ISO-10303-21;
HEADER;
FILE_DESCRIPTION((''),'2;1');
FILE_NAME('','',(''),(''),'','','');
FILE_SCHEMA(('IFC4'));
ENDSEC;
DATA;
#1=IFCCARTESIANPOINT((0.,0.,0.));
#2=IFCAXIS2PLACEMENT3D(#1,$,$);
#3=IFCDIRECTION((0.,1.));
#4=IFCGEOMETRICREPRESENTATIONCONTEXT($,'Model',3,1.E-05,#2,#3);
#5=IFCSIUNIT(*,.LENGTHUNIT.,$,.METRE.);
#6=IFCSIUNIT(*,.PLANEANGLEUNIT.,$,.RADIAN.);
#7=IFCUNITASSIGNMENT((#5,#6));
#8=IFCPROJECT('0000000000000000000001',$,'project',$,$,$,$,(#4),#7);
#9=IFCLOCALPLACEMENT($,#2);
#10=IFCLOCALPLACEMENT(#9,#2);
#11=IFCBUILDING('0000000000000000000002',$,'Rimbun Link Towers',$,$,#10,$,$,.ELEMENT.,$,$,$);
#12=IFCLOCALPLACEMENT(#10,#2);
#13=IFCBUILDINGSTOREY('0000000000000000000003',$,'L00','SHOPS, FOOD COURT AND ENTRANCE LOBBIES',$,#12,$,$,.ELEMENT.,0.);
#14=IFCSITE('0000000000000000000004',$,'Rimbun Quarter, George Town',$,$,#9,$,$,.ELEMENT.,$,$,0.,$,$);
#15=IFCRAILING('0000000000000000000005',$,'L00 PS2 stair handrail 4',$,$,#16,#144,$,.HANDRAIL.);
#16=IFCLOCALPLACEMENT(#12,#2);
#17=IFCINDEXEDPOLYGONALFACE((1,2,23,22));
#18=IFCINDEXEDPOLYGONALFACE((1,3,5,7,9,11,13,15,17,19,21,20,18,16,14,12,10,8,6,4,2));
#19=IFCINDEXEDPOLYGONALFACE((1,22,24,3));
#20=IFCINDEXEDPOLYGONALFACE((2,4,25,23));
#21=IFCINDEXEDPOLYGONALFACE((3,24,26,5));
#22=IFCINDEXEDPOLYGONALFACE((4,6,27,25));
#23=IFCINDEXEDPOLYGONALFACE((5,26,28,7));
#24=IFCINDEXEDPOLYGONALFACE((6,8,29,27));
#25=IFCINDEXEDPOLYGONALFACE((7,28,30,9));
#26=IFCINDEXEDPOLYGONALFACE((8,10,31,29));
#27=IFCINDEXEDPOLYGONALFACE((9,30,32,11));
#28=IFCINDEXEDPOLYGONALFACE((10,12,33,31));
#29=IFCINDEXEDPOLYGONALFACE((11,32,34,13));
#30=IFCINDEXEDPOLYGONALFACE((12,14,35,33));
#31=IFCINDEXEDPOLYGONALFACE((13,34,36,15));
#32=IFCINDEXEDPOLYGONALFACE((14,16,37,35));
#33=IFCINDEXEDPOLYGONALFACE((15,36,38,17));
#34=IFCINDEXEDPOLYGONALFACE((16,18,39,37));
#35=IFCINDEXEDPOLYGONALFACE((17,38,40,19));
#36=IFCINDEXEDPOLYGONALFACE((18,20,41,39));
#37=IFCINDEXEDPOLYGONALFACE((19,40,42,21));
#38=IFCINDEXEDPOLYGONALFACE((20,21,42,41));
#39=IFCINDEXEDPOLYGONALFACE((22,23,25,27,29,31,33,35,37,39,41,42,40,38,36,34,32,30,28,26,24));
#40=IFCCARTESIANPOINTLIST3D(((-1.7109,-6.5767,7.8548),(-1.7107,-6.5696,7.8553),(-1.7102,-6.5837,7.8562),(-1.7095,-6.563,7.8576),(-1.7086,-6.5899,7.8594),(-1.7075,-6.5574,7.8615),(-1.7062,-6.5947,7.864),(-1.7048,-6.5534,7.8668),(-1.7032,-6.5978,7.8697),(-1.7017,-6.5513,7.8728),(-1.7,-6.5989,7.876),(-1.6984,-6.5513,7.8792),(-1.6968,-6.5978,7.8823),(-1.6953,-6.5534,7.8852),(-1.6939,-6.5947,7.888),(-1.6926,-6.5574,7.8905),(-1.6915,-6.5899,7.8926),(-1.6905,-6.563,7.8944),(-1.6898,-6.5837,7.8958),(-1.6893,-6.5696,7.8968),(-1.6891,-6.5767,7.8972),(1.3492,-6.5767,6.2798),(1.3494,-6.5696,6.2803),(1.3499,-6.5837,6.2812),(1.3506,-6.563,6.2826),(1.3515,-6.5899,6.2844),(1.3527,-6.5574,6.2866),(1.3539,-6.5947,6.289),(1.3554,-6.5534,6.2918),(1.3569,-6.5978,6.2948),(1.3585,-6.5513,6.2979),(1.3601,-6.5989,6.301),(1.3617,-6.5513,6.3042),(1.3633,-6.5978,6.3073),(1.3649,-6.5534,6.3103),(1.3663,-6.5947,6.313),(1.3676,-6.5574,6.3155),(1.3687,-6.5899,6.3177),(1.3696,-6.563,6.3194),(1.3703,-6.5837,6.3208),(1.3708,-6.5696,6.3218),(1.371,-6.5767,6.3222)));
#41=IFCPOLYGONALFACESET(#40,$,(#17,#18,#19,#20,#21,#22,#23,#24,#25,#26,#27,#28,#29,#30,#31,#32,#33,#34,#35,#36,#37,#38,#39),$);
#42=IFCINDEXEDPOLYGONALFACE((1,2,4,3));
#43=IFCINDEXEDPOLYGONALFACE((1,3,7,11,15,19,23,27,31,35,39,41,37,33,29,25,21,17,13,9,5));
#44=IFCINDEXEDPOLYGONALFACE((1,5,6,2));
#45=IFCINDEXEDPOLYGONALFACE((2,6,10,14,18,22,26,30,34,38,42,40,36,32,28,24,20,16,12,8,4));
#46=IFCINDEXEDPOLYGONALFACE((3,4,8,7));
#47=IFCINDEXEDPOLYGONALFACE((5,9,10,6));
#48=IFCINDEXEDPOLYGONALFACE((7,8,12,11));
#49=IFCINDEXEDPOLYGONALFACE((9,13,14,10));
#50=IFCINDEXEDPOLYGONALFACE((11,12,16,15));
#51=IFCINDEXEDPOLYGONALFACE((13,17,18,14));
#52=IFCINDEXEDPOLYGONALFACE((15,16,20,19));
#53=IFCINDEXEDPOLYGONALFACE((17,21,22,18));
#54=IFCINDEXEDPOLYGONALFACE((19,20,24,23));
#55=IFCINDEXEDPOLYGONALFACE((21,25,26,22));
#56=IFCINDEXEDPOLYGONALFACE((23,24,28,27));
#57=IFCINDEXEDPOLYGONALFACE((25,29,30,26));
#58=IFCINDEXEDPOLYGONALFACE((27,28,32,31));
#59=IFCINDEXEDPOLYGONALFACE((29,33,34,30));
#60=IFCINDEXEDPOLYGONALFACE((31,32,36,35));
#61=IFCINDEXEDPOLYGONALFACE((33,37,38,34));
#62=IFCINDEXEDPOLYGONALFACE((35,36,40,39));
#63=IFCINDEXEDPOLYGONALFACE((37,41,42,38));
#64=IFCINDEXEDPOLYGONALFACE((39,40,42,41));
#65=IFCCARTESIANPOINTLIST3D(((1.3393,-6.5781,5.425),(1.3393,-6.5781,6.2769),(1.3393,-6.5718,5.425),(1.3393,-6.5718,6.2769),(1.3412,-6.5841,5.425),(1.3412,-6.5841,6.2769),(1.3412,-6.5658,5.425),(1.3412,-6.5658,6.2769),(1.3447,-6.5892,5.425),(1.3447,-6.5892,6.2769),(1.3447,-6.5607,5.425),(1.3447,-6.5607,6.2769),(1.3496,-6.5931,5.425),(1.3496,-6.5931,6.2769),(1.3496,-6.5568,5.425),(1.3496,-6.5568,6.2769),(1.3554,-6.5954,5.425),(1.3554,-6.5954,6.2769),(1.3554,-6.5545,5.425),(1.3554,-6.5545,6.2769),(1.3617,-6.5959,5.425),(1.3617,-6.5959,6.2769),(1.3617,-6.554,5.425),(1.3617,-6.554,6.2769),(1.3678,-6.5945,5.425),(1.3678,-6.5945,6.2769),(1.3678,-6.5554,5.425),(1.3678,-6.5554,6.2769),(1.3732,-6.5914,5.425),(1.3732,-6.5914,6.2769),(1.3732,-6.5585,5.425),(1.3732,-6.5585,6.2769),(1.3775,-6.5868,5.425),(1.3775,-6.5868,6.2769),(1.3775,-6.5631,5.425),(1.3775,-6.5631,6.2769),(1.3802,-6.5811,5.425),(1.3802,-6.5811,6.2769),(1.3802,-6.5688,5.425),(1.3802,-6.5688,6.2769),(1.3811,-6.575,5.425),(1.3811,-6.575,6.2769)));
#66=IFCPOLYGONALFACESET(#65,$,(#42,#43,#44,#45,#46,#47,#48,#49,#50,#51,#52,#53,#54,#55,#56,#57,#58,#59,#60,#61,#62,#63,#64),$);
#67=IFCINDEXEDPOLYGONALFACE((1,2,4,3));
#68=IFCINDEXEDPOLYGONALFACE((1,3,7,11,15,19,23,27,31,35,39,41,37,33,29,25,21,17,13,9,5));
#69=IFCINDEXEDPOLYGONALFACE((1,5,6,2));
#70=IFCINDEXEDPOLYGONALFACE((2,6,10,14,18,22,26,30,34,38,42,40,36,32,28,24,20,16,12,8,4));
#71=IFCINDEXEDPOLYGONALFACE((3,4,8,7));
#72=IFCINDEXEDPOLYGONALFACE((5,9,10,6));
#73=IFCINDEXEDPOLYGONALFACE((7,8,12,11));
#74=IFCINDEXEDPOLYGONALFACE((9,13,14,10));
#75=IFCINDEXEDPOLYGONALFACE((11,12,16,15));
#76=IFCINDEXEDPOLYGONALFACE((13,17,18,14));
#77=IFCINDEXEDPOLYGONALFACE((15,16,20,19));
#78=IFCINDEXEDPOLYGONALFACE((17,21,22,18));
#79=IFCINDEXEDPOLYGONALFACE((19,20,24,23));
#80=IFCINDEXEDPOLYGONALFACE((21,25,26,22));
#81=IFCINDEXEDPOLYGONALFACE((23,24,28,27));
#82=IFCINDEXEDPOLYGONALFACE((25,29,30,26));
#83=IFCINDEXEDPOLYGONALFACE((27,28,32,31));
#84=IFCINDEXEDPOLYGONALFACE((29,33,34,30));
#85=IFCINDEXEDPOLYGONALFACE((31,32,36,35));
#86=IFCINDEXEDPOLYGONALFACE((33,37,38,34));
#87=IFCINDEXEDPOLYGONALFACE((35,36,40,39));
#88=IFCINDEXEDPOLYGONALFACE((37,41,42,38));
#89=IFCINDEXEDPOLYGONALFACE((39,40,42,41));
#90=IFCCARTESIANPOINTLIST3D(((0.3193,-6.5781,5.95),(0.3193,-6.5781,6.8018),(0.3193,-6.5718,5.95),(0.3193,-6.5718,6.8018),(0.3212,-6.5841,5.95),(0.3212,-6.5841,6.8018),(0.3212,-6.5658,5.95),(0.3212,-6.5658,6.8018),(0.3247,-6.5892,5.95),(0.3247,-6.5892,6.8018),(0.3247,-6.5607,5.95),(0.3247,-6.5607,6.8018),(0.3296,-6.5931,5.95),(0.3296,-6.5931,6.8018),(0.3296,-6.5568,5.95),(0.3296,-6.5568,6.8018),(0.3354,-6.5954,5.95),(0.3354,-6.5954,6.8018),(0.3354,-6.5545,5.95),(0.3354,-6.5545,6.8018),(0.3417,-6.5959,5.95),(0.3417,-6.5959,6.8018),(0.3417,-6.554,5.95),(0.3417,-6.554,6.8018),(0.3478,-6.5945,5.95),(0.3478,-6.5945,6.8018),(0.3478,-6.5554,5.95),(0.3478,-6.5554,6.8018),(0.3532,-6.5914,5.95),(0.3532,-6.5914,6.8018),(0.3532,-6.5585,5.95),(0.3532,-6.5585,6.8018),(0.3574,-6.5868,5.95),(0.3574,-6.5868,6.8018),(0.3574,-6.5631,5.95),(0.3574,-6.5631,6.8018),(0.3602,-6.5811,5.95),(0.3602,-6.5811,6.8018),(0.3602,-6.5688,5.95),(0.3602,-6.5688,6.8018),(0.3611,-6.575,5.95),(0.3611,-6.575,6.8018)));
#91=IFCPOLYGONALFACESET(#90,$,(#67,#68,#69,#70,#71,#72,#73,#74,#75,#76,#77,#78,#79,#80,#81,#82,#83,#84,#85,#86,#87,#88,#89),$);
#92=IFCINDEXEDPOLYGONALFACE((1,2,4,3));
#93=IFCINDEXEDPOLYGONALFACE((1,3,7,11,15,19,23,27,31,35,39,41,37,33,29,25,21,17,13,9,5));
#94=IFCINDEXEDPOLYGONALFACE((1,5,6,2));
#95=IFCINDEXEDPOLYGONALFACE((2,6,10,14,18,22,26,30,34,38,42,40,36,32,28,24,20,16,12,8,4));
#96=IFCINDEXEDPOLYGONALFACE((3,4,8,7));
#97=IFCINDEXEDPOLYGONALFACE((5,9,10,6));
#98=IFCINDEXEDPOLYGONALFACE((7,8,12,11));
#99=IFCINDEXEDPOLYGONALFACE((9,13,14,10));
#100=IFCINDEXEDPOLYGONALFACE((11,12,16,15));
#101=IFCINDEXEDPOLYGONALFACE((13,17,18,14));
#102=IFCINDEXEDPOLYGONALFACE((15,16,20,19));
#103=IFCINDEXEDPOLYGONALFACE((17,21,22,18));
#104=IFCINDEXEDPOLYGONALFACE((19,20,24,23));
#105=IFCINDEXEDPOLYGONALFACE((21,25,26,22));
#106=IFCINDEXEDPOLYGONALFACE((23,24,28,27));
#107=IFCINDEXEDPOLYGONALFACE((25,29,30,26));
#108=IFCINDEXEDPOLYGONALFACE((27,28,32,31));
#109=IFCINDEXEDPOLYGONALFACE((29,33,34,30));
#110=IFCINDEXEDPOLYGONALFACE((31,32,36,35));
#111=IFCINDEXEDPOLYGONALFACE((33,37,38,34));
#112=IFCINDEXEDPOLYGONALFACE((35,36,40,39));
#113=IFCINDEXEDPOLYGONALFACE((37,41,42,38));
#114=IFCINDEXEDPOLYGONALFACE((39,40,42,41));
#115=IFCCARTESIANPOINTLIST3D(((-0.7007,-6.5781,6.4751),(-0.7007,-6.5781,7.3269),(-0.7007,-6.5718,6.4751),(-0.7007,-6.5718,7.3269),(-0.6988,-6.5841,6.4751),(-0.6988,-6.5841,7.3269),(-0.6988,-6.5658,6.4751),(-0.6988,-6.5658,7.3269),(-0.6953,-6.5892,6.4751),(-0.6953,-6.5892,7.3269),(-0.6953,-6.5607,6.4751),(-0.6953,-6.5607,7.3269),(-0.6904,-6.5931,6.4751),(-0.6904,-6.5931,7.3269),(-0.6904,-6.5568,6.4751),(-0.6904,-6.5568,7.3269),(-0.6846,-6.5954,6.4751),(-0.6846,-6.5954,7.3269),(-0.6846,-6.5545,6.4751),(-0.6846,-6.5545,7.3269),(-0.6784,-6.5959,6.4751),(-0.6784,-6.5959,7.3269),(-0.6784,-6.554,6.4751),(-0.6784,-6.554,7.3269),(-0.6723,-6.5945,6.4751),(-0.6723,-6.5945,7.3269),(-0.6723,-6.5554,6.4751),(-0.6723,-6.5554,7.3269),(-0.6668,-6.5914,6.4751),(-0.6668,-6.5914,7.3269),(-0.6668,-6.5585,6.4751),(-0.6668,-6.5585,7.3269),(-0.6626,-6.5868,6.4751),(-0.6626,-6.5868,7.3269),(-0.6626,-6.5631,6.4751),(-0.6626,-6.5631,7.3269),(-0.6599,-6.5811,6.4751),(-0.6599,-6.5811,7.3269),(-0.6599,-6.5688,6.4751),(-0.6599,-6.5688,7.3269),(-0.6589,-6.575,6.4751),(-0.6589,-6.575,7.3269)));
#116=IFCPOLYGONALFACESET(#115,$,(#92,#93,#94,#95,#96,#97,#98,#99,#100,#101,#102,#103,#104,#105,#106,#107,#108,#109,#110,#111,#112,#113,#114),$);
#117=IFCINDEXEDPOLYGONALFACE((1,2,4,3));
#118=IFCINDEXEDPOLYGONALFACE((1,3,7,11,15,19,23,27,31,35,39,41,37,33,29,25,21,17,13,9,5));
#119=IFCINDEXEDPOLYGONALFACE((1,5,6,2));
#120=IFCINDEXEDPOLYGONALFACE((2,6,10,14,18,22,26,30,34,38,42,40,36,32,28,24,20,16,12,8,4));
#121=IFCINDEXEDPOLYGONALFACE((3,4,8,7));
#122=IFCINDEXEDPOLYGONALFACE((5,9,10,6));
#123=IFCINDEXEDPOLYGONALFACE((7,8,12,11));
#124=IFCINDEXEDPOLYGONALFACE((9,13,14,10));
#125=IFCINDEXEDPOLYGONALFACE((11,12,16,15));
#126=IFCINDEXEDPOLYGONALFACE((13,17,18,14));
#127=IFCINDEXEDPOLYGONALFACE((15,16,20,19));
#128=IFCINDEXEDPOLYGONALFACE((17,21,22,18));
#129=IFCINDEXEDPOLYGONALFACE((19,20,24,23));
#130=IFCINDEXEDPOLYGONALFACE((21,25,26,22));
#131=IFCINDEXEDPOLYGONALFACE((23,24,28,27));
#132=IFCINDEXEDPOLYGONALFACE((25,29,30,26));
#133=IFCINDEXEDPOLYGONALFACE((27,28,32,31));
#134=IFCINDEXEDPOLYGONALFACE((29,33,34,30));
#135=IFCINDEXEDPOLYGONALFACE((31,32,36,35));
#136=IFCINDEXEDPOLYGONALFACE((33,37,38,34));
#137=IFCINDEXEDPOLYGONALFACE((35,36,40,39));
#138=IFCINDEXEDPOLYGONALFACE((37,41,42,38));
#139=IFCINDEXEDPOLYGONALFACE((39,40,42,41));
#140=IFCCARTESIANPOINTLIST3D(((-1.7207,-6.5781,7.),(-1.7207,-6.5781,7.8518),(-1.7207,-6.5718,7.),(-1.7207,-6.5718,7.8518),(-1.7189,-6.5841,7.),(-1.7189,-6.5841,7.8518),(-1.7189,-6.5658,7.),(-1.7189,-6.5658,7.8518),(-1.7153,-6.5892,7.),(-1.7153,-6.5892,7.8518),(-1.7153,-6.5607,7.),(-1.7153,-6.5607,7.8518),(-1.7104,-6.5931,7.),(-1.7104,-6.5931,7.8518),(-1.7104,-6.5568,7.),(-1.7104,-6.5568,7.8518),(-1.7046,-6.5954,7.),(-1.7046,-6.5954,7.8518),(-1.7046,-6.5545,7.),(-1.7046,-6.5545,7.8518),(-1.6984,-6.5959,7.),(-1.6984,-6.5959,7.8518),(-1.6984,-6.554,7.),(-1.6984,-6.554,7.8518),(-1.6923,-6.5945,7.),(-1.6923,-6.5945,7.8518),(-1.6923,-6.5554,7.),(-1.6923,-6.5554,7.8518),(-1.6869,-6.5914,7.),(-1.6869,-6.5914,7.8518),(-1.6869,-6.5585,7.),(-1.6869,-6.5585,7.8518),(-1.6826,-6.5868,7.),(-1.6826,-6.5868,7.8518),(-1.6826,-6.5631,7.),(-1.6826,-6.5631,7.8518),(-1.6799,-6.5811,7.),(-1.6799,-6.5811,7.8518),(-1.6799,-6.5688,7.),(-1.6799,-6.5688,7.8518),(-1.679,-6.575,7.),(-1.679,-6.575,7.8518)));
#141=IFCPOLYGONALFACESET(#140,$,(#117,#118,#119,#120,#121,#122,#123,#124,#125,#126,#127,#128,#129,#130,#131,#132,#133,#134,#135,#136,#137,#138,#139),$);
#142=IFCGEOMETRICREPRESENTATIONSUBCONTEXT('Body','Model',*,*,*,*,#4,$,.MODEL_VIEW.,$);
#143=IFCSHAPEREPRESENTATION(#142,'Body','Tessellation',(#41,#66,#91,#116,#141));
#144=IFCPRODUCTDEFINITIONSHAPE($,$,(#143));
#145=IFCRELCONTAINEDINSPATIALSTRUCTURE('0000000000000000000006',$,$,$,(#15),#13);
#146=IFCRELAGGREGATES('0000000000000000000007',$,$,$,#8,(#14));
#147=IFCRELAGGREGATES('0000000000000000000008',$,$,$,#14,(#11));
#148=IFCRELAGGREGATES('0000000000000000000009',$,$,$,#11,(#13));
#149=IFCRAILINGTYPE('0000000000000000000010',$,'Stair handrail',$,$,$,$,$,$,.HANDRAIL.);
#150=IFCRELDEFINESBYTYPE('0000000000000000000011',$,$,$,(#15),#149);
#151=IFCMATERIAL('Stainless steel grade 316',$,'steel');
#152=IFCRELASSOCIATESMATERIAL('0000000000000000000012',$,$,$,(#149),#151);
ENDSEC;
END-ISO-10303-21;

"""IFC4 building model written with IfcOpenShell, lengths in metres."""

from ifc_helpers import new_model, si_unit, direction, frame, origin, origin_2d, place, context, subcontext, project, spatial, circle, extrude, material, type_object, element, save


model = new_model("IFC4")

# Units and contexts
model_context = context("Model", 3, precision=1e-05, world=origin(), true_north=direction((0.0, 1.0)))
body_context = subcontext(model_context, "Body", "Model", "MODEL_VIEW")
ifc_project = project(units=[si_unit("LENGTHUNIT", "METRE"), si_unit("PLANEANGLEUNIT", "RADIAN")], contexts=[model_context])

# Site, building, storey
site_placement = place(None, origin())
site = spatial("IfcSite", under=ifc_project, at=site_placement, Name="Rimbun Quarter, George Town", CompositionType="ELEMENT", RefElevation=0.0)
building_placement = place(site_placement, origin())
building = spatial("IfcBuilding", under=site, at=building_placement, Name="Rimbun Link Towers", CompositionType="ELEMENT")
storey_placement = place(building_placement, origin())
storey = spatial("IfcBuildingStorey", under=building, at=storey_placement, Name="L00", Description="SHOPS, FOOD COURT AND ENTRANCE LOBBIES", CompositionType="ELEMENT", Elevation=0.0)

# Railing
ifc_material_1 = material(Name="Stainless steel grade 316", Category="steel")
railing_type_1 = type_object("IfcRailingType", Name="Stair handrail", PredefinedType="HANDRAIL", material=ifc_material_1)
for number, where, name in (
    (1, (1.3601, -6.575, 5.425), "L00 PS2 stair handrail 4"),
):
    element("IfcRailing", number, at=place(storey_placement, frame(where)), inside=storey, type_object=railing_type_1, Name=name, PredefinedType="HANDRAIL", context=body_context, shape_type="SweptSolid", body=[
        extrude(circle(Radius=0.0239, at=origin_2d()), frame((0.0, 0.0, 0.876), z_axis=(-0.889145, 0.0, 0.457625), x_axis=(0.0, -1.0, 0.0)), (0.0, 0.0, 1.0), 3.4417),
        extrude(circle(Radius=0.021, at=origin_2d()), origin(), (0.0, 0.0, 1.0), 0.8518),
        extrude(circle(Radius=0.021, at=origin_2d()), frame((-1.02, 0.0, 0.5249)), (0.0, 0.0, 1.0), 0.8518),
        extrude(circle(Radius=0.021, at=origin_2d()), frame((-2.04, 0.0, 1.05)), (0.0, 0.0, 1.0), 0.8518),
        extrude(circle(Radius=0.021, at=origin_2d()), frame((-3.0601, 0.0, 1.575)), (0.0, 0.0, 1.0), 0.8518),
    ])

save(model, "model.ifc")
